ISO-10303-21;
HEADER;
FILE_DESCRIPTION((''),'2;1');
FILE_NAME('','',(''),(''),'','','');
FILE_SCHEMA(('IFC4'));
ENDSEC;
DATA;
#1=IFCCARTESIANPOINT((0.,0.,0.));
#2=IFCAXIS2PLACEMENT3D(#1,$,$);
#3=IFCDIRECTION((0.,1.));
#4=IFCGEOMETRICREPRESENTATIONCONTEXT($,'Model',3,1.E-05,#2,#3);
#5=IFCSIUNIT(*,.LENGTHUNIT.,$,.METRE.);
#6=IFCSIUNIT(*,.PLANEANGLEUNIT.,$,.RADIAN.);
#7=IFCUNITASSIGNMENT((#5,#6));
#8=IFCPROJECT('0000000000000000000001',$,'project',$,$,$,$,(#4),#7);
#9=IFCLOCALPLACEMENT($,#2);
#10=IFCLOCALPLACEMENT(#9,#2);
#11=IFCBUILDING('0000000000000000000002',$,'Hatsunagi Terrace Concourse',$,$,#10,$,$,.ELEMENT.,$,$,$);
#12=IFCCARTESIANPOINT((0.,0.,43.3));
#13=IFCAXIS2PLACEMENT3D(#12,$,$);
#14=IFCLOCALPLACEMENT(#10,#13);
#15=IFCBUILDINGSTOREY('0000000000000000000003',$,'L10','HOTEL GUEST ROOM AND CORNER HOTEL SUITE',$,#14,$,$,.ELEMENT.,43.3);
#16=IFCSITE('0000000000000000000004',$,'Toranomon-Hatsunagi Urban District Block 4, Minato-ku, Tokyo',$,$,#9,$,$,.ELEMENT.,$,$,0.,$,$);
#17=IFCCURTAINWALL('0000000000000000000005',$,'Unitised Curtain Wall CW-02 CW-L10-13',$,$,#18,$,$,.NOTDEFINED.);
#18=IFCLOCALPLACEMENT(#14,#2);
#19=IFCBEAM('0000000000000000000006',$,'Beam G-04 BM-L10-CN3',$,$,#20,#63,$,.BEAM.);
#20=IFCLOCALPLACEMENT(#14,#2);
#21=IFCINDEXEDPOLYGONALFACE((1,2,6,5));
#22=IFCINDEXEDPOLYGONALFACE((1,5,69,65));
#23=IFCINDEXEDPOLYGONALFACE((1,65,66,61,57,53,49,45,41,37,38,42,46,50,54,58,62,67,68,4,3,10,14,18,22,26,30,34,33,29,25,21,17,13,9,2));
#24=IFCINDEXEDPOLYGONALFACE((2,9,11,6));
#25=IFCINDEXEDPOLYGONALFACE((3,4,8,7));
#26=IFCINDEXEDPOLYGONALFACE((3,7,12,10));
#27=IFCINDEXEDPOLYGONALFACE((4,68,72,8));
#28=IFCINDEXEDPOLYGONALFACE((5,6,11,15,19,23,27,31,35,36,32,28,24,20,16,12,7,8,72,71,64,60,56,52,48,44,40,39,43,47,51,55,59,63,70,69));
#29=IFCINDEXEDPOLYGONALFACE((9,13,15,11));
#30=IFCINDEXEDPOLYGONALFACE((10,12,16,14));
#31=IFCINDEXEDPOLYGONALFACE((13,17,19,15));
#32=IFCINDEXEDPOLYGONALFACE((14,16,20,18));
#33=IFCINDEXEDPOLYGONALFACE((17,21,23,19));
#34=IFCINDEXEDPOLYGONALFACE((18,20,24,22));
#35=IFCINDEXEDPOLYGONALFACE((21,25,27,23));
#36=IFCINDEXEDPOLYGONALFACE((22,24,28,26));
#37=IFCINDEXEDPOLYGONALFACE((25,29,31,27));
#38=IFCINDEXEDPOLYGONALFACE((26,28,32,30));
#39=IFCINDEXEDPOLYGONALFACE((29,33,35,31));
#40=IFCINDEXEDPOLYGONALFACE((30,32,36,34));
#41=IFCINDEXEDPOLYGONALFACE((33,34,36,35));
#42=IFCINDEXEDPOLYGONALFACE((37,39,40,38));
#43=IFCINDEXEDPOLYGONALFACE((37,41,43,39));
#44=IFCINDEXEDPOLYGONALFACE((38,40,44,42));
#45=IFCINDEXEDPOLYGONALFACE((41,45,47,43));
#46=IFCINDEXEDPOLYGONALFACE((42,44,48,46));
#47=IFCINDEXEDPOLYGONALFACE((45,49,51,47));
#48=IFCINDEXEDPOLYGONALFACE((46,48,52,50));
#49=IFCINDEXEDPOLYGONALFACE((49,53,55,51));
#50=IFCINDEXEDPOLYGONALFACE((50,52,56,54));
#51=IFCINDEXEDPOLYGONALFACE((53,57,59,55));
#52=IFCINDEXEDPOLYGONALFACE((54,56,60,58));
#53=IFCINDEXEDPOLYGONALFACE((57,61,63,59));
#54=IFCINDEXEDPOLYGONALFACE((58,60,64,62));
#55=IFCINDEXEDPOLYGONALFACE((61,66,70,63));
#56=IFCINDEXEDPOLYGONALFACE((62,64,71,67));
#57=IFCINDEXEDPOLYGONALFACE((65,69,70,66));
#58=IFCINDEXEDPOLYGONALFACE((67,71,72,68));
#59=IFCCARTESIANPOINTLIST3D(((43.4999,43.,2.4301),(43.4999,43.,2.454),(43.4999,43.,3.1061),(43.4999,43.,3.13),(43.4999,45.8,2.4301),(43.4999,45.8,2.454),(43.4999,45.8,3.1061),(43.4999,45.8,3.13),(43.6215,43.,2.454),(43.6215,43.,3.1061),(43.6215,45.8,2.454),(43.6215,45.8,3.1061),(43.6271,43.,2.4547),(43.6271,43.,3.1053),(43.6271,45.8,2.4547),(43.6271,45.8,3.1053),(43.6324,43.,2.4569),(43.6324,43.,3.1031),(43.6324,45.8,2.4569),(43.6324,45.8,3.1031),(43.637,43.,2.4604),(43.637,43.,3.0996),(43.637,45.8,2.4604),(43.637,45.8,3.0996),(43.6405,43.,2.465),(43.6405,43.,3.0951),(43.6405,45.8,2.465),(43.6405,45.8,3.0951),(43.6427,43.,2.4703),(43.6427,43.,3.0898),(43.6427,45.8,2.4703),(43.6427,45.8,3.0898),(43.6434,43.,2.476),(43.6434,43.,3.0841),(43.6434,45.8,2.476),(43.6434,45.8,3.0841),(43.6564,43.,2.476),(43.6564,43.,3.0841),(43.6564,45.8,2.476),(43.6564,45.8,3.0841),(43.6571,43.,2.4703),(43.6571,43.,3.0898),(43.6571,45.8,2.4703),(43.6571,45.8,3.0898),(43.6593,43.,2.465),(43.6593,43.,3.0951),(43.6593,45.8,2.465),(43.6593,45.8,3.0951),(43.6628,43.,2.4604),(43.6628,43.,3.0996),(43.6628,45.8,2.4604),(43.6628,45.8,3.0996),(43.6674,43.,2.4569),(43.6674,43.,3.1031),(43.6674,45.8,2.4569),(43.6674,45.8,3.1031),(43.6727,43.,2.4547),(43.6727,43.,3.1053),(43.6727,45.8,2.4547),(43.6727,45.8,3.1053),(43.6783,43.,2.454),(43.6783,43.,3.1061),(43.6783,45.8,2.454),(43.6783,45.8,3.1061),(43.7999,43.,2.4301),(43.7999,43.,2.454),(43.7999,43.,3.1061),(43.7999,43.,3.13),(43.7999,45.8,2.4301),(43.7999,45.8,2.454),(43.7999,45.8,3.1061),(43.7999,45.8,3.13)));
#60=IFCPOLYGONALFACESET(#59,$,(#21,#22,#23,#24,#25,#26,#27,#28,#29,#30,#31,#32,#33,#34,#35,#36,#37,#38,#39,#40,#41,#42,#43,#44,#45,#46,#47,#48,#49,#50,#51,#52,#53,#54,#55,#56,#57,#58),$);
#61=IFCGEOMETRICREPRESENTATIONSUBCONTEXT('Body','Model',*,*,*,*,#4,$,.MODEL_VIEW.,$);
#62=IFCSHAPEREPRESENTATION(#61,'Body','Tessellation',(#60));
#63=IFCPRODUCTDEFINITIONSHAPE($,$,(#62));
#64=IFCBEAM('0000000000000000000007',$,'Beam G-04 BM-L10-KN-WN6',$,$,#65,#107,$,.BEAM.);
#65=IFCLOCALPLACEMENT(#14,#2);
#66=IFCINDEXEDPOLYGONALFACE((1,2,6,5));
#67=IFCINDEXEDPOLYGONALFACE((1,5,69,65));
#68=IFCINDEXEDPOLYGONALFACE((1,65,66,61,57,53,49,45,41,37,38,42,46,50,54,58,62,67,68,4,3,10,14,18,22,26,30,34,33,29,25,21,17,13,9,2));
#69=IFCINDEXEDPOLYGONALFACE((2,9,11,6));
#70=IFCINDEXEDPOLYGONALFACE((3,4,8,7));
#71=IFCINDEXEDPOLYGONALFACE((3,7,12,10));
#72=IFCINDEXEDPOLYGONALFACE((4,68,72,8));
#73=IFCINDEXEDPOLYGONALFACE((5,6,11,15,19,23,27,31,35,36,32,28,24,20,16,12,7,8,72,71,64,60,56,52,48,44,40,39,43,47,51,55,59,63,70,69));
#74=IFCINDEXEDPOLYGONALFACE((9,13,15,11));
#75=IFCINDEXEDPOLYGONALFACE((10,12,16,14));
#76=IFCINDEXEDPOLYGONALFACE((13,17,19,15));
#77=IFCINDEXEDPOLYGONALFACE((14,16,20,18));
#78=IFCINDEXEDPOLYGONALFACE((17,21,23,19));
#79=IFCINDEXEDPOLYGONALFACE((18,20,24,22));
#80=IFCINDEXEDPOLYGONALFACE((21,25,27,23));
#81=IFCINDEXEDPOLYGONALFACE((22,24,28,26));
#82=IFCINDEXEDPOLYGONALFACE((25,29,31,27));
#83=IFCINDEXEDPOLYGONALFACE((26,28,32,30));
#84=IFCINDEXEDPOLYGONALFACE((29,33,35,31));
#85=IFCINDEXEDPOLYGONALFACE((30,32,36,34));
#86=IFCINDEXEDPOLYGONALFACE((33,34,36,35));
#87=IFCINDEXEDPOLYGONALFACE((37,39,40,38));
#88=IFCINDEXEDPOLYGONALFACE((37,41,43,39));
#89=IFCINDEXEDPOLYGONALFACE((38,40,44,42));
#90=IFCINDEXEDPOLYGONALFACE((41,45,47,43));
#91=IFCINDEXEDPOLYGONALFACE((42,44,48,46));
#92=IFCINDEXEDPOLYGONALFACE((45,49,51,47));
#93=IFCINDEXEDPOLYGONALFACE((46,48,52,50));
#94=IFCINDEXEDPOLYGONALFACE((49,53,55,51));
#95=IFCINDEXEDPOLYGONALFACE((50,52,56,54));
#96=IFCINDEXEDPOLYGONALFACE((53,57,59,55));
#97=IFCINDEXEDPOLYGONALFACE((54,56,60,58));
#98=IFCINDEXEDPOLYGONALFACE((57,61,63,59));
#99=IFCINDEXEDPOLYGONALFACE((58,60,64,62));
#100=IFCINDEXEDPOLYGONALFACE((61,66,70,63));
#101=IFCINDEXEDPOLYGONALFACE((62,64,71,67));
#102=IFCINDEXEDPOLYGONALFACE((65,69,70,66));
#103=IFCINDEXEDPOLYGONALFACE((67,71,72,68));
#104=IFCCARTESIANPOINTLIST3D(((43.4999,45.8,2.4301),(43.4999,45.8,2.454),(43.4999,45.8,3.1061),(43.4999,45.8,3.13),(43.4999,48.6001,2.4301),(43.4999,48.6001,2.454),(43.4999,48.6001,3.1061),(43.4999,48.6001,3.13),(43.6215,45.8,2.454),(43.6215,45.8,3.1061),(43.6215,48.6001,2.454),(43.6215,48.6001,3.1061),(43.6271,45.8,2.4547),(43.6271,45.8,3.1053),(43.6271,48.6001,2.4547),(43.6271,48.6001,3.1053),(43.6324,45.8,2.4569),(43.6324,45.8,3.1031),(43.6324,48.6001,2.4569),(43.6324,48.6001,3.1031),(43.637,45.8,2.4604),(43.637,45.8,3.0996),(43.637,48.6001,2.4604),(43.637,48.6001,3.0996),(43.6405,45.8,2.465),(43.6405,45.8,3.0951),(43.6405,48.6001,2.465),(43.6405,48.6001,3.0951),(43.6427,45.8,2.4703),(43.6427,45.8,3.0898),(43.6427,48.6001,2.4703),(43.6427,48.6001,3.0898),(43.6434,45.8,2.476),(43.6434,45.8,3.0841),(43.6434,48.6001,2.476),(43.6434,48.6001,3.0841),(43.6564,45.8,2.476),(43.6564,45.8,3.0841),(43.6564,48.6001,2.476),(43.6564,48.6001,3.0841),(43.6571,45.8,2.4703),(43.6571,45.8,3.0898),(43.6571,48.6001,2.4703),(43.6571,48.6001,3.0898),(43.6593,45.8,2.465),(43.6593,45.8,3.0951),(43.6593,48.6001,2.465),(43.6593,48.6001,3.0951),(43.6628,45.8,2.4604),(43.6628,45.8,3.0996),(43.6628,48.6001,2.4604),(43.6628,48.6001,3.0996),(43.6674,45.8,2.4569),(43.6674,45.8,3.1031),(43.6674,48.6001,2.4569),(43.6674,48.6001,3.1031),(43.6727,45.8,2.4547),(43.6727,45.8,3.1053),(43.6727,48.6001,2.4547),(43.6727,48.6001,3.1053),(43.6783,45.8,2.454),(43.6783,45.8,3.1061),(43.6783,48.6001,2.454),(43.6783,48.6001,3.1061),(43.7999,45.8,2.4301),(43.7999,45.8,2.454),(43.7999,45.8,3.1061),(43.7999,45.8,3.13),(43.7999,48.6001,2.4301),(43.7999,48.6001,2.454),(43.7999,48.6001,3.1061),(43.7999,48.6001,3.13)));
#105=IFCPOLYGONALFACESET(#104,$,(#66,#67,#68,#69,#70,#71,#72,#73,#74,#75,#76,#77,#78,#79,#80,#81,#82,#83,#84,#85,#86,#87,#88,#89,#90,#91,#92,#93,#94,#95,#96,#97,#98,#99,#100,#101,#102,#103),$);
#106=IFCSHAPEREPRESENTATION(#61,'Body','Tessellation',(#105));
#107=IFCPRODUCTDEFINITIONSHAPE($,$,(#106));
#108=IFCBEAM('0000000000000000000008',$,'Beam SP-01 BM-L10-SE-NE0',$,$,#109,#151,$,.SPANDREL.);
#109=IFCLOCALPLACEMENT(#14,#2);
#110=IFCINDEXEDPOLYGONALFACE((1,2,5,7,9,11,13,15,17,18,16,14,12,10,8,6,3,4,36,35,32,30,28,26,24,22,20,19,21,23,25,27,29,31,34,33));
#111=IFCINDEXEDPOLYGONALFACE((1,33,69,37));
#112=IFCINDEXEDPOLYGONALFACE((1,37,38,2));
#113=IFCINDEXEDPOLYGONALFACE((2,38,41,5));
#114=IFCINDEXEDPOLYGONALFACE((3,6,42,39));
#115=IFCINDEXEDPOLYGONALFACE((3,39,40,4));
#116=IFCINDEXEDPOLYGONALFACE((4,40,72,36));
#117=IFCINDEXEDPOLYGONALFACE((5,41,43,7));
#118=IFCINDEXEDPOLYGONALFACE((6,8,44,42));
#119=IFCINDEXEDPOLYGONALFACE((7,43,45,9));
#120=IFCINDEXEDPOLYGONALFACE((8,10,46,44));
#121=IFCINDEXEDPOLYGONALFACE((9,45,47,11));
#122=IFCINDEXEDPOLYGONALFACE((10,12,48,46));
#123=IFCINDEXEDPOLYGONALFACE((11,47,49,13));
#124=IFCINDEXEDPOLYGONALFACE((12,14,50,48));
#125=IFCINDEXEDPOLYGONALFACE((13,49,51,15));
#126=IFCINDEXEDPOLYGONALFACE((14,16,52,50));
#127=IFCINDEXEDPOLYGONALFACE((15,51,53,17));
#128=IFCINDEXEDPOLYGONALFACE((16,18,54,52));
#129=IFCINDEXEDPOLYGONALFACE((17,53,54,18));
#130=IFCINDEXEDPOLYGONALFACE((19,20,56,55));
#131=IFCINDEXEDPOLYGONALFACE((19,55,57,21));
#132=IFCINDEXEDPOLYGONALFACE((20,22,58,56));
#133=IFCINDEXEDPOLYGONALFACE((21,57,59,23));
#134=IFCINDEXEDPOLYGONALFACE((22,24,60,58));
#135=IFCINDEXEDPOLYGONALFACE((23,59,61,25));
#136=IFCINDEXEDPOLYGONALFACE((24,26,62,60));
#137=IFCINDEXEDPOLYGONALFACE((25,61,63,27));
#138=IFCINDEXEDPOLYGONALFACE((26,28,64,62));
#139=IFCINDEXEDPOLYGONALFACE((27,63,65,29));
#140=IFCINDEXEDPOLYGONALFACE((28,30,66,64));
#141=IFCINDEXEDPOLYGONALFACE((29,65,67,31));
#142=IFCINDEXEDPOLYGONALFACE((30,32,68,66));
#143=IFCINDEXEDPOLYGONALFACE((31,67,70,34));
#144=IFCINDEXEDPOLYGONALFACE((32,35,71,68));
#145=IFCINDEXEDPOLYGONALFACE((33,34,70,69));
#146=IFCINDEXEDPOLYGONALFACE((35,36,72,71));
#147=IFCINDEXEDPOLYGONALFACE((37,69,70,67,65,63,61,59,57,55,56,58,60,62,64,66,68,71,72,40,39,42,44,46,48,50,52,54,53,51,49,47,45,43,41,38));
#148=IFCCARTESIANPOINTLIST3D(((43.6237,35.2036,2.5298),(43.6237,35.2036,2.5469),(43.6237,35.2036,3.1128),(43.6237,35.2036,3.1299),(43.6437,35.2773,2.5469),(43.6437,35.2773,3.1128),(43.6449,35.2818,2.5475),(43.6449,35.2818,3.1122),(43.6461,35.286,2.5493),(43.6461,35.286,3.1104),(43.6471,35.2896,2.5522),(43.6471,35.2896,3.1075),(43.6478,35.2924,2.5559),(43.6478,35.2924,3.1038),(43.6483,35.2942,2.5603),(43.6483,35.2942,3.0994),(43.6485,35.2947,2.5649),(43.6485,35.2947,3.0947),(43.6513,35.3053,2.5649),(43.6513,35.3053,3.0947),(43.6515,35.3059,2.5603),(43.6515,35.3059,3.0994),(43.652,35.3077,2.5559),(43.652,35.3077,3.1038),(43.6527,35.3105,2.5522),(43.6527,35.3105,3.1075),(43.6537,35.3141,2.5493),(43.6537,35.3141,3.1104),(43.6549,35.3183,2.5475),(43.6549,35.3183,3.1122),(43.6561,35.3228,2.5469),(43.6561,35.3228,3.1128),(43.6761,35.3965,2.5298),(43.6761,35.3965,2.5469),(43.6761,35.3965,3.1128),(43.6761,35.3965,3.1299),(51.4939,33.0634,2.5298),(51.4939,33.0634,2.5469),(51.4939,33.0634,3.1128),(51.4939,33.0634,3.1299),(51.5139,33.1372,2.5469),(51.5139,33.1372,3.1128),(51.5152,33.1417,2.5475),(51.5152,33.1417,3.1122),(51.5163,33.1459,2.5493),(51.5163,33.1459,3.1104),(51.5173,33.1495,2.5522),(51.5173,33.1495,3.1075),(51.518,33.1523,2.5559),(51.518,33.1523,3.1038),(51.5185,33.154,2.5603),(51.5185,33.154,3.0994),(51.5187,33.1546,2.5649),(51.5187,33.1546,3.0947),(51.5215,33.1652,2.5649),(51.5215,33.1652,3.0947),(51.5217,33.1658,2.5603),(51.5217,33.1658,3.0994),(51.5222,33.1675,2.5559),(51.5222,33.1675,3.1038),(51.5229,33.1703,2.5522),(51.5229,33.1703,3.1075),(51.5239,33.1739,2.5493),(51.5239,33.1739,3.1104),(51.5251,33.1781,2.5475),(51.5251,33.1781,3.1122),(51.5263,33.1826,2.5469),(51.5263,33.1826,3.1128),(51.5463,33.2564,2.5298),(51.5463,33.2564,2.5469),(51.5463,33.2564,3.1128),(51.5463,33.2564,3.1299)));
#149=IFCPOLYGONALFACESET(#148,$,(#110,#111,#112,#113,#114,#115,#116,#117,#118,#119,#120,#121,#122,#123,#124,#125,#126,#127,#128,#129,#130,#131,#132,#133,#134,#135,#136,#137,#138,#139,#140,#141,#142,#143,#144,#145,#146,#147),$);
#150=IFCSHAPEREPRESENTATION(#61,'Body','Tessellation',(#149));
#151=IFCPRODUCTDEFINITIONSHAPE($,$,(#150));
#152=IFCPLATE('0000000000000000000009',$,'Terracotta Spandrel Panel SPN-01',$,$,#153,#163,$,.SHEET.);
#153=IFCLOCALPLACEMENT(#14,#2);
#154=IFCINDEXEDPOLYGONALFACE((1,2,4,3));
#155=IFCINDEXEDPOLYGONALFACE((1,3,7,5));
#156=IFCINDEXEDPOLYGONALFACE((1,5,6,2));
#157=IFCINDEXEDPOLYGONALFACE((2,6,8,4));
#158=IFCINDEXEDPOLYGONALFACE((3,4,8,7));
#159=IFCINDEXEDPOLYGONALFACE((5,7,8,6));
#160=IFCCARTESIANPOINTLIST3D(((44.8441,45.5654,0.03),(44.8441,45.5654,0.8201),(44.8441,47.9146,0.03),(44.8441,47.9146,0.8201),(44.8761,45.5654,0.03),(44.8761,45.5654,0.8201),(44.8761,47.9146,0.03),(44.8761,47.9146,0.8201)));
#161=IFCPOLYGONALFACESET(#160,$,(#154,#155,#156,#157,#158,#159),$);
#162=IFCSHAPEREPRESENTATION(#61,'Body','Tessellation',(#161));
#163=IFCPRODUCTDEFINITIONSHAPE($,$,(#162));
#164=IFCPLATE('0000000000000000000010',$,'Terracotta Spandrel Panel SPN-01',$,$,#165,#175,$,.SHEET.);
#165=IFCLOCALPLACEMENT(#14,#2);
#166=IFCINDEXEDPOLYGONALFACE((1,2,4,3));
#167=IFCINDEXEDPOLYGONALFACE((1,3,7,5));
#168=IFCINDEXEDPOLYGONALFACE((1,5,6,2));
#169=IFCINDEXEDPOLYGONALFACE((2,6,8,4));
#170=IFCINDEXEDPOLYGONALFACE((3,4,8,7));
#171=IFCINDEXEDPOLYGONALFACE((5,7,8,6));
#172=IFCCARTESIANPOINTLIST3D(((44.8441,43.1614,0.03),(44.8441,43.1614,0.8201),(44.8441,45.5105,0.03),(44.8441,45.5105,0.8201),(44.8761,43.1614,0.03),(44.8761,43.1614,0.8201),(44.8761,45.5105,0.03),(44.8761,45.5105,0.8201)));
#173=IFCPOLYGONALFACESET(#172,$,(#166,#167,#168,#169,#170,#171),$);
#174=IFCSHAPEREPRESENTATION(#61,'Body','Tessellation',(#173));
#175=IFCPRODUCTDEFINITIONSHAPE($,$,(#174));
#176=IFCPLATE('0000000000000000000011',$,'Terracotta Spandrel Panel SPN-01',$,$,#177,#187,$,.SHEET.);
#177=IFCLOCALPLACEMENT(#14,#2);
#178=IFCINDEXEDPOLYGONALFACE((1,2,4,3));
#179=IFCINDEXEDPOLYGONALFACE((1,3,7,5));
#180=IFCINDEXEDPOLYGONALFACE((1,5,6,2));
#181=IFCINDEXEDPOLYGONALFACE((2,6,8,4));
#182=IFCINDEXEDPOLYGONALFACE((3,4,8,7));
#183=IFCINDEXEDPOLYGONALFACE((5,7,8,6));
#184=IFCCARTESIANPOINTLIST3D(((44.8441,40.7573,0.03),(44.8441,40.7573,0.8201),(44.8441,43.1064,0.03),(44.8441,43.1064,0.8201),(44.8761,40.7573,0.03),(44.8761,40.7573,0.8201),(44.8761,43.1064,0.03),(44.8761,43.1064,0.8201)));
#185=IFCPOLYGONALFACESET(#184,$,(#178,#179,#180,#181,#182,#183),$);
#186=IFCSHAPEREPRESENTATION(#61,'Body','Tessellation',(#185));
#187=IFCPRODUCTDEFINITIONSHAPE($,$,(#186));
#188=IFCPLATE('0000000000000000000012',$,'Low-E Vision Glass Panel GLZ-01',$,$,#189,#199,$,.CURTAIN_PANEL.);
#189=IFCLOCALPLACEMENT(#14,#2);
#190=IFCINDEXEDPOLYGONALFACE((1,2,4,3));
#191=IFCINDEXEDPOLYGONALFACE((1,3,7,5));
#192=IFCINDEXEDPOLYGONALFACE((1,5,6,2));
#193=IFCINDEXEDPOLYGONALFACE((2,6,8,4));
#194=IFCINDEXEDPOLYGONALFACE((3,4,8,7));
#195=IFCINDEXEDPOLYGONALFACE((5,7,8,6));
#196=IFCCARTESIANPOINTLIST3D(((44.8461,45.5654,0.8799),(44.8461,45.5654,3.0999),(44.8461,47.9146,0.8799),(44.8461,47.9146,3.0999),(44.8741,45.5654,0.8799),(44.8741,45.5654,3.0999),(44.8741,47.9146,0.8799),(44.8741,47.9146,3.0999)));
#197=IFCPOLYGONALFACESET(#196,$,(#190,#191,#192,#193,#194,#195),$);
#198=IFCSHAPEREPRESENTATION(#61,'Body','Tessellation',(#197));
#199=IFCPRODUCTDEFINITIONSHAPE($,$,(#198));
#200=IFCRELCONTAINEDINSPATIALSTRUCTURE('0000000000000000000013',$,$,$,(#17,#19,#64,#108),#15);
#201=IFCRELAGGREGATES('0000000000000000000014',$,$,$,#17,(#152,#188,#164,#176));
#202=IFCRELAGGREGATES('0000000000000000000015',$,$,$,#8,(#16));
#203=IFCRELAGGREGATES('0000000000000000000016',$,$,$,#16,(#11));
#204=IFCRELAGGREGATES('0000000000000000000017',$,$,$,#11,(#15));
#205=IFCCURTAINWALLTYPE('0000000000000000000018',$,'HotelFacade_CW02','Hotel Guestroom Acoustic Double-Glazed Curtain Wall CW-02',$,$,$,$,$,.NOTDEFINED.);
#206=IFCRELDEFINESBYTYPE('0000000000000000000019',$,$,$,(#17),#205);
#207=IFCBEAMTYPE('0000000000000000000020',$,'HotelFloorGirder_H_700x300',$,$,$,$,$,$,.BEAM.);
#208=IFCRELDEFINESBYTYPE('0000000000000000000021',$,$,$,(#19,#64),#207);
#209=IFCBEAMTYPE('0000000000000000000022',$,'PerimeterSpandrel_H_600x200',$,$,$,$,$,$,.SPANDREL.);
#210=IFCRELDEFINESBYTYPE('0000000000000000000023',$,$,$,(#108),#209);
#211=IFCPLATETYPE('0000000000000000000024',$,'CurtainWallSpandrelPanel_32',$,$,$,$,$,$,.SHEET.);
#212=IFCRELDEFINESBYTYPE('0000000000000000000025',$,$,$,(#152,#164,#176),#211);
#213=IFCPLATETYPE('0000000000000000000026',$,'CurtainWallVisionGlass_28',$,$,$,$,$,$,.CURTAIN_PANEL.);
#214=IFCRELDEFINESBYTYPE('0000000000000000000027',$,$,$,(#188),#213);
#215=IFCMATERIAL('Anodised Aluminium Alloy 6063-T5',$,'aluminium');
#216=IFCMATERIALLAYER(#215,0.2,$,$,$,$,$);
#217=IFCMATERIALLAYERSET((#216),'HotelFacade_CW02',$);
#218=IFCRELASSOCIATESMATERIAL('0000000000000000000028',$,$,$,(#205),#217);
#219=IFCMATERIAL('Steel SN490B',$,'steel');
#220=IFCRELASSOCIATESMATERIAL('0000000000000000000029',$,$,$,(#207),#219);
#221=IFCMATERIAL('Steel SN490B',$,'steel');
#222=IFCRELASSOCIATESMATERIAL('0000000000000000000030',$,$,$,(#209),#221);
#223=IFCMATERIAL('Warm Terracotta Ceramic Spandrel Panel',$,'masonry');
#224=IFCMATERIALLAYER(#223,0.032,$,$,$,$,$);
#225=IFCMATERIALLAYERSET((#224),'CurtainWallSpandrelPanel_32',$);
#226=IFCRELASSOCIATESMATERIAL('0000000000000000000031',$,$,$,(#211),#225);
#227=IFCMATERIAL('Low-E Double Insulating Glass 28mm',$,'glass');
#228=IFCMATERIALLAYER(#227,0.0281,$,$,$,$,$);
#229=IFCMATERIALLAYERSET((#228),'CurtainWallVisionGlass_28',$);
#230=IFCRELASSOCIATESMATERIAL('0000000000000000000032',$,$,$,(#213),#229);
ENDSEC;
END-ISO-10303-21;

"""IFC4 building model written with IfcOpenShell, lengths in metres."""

from ifc_helpers import new_model, si_unit, direction, frame, origin, origin_2d, place, context, subcontext, project, spatial, rectangle, i_section, extrude, material, layer, layer_set, material_profile, profile_set, type_object, element, aggregate, save


model = new_model("IFC4")

# Units and contexts
model_context = context("Model", 3, precision=1e-05, world=origin(), true_north=direction((0.0, 1.0)))
body_context = subcontext(model_context, "Body", "Model", "MODEL_VIEW")
ifc_project = project(units=[si_unit("LENGTHUNIT", "METRE"), si_unit("PLANEANGLEUNIT", "RADIAN")], contexts=[model_context])

# Site, building, storey
site_placement = place(None, origin())
site = spatial("IfcSite", under=ifc_project, at=site_placement, Name="Toranomon-Hatsunagi Urban District Block 4, Minato-ku, Tokyo", CompositionType="ELEMENT", RefElevation=0.0)
building_placement = place(site_placement, origin())
building = spatial("IfcBuilding", under=site, at=building_placement, Name="Hatsunagi Terrace Concourse", CompositionType="ELEMENT")
storey_placement = place(building_placement, frame((0.0, 0.0, 43.3)))
storey = spatial("IfcBuildingStorey", under=building, at=storey_placement, Name="L10", Description="HOTEL GUEST ROOM AND CORNER HOTEL SUITE", CompositionType="ELEMENT", Elevation=43.3)

# Curtain wall
ifc_material_1 = material(Name="Anodised Aluminium Alloy 6063-T5", Category="aluminium")
ifc_layer_1 = layer(ifc_material_1, 0.2)
ifc_layer_set_1 = layer_set([ifc_layer_1], Name="HotelFacade_CW02")
curtain_wall_type = type_object("IfcCurtainWallType", Name="HotelFacade_CW02", Description="Hotel Guestroom Acoustic Double-Glazed Curtain Wall CW-02", PredefinedType="NOTDEFINED", material=ifc_layer_set_1)
curtain_wall_placement = place(storey_placement, origin())
curtain_wall = element("IfcCurtainWall", 1, at=curtain_wall_placement, inside=storey, type_object=curtain_wall_type, Name="Unitised Curtain Wall CW-02 CW-L10-13", PredefinedType="NOTDEFINED")

# Beams
ifc_material_2 = material(Name="Steel SN490B", Category="steel")
ifc_material_profile_1 = material_profile(ifc_material_2, i_section(OverallWidth=0.3, OverallDepth=0.7, WebThickness=0.0129, FlangeThickness=0.0239, FilletRadius=0.022, at=origin_2d()), Name="H-700x300x13x24")
ifc_profile_set_1 = profile_set([ifc_material_profile_1], Name="Steel SN490B")
beam_type_1 = type_object("IfcBeamType", Name="HotelFloorGirder_H_700x300", PredefinedType="BEAM", material=ifc_profile_set_1)
for number, where, z_axis, x_axis, name in (
    (2, (43.6499, 43.0, 2.78), (0.0, 1.0, 0.0), (-1.0, 0.0, 0.0), "Beam G-04 BM-L10-CN3"),
    (3, (43.6499, 45.8, 2.78), (0.0, 1.0, 0.0), (-1.0, 0.0, 0.0), "Beam G-04 BM-L10-KN-WN6"),
):
    element("IfcBeam", number, at=place(storey_placement, frame(where, z_axis=z_axis, x_axis=x_axis)), inside=storey, type_object=beam_type_1, Name=name, PredefinedType="BEAM", context=body_context, shape_type="SweptSolid", body=[
        extrude(i_section(OverallWidth=0.3, OverallDepth=0.7, WebThickness=0.0129, FlangeThickness=0.0239, FilletRadius=0.022, at=origin_2d()), origin(), (0.0, 0.0, 1.0), 2.8),
    ])
ifc_material_3 = material(Name="Steel SN490B", Category="steel")
ifc_material_profile_2 = material_profile(ifc_material_3, i_section(OverallWidth=0.2, OverallDepth=0.6001, WebThickness=0.011, FlangeThickness=0.0171, FilletRadius=0.0181, at=origin_2d()), Name="H-600x200x11x17")
ifc_profile_set_2 = profile_set([ifc_material_profile_2], Name="Steel SN490B")
beam_type_2 = type_object("IfcBeamType", Name="PerimeterSpandrel_H_600x200", PredefinedType="SPANDREL", material=ifc_profile_set_2)
beam_placement = place(storey_placement, frame((43.6499, 35.3, 2.8298), z_axis=(0.964958, -0.262403, 0.0), x_axis=(0.262403, 0.964958, 0.0)))
element("IfcBeam", 4, at=beam_placement, inside=storey, type_object=beam_type_2, Name="Beam SP-01 BM-L10-SE-NE0", PredefinedType="SPANDREL", context=body_context, shape_type="SweptSolid", body=[
    extrude(i_section(OverallWidth=0.2, OverallDepth=0.6001, WebThickness=0.011, FlangeThickness=0.0171, FilletRadius=0.0181, at=origin_2d()), origin(), (0.0, 0.0, 1.0), 8.156),
])

# Plates
ifc_material_4 = material(Name="Warm Terracotta Ceramic Spandrel Panel", Category="masonry")
ifc_layer_2 = layer(ifc_material_4, 0.032)
ifc_layer_set_2 = layer_set([ifc_layer_2], Name="CurtainWallSpandrelPanel_32")
plate_type_1 = type_object("IfcPlateType", Name="CurtainWallSpandrelPanel_32", PredefinedType="SHEET", material=ifc_layer_set_2)
plate_1_placement = place(storey_placement, frame((44.8601, 46.74, 0.03), z_axis=(0.0, 0.0, 1.0), x_axis=(0.0, -1.0, 0.0)))
plate_1 = element("IfcPlate", 5, at=plate_1_placement, type_object=plate_type_1, Name="Terracotta Spandrel Panel SPN-01", PredefinedType="SHEET", context=body_context, shape_type="SweptSolid", body=[
    extrude(rectangle(XDim=2.3491, YDim=0.032, at=origin_2d()), origin(), (0.0, 0.0, 1.0), 0.79),
])
plate_2_placement = place(storey_placement, frame((44.8601, 44.3359, 0.03), z_axis=(0.0, 0.0, 1.0), x_axis=(0.0, -1.0, 0.0)))
plate_2 = element("IfcPlate", 6, at=plate_2_placement, type_object=plate_type_1, Name="Terracotta Spandrel Panel SPN-01", PredefinedType="SHEET", context=body_context, shape_type="SweptSolid", body=[
    extrude(rectangle(XDim=2.3491, YDim=0.032, at=origin_2d()), origin(), (0.0, 0.0, 1.0), 0.79),
])
plate_3_placement = place(storey_placement, frame((44.8601, 41.9319, 0.03), z_axis=(0.0, 0.0, 1.0), x_axis=(0.0, -1.0, 0.0)))
plate_3 = element("IfcPlate", 7, at=plate_3_placement, type_object=plate_type_1, Name="Terracotta Spandrel Panel SPN-01", PredefinedType="SHEET", context=body_context, shape_type="SweptSolid", body=[
    extrude(rectangle(XDim=2.3491, YDim=0.032, at=origin_2d()), origin(), (0.0, 0.0, 1.0), 0.79),
])
ifc_material_5 = material(Name="Low-E Double Insulating Glass 28mm", Category="glass")
ifc_layer_3 = layer(ifc_material_5, 0.0281)
ifc_layer_set_3 = layer_set([ifc_layer_3], Name="CurtainWallVisionGlass_28")
plate_type_2 = type_object("IfcPlateType", Name="CurtainWallVisionGlass_28", PredefinedType="CURTAIN_PANEL", material=ifc_layer_set_3)
plate_4_placement = place(storey_placement, frame((44.8601, 46.74, 0.8799), z_axis=(0.0, 0.0, 1.0), x_axis=(0.0, -1.0, 0.0)))
plate_4 = element("IfcPlate", 8, at=plate_4_placement, type_object=plate_type_2, Name="Low-E Vision Glass Panel GLZ-01", PredefinedType="CURTAIN_PANEL", context=body_context, shape_type="SweptSolid", body=[
    extrude(rectangle(XDim=2.3491, YDim=0.0281, at=origin_2d()), origin(), (0.0, 0.0, 1.0), 2.22),
])
aggregate(curtain_wall, [plate_1, plate_4, plate_2, plate_3])

save(model, "model.ifc")
